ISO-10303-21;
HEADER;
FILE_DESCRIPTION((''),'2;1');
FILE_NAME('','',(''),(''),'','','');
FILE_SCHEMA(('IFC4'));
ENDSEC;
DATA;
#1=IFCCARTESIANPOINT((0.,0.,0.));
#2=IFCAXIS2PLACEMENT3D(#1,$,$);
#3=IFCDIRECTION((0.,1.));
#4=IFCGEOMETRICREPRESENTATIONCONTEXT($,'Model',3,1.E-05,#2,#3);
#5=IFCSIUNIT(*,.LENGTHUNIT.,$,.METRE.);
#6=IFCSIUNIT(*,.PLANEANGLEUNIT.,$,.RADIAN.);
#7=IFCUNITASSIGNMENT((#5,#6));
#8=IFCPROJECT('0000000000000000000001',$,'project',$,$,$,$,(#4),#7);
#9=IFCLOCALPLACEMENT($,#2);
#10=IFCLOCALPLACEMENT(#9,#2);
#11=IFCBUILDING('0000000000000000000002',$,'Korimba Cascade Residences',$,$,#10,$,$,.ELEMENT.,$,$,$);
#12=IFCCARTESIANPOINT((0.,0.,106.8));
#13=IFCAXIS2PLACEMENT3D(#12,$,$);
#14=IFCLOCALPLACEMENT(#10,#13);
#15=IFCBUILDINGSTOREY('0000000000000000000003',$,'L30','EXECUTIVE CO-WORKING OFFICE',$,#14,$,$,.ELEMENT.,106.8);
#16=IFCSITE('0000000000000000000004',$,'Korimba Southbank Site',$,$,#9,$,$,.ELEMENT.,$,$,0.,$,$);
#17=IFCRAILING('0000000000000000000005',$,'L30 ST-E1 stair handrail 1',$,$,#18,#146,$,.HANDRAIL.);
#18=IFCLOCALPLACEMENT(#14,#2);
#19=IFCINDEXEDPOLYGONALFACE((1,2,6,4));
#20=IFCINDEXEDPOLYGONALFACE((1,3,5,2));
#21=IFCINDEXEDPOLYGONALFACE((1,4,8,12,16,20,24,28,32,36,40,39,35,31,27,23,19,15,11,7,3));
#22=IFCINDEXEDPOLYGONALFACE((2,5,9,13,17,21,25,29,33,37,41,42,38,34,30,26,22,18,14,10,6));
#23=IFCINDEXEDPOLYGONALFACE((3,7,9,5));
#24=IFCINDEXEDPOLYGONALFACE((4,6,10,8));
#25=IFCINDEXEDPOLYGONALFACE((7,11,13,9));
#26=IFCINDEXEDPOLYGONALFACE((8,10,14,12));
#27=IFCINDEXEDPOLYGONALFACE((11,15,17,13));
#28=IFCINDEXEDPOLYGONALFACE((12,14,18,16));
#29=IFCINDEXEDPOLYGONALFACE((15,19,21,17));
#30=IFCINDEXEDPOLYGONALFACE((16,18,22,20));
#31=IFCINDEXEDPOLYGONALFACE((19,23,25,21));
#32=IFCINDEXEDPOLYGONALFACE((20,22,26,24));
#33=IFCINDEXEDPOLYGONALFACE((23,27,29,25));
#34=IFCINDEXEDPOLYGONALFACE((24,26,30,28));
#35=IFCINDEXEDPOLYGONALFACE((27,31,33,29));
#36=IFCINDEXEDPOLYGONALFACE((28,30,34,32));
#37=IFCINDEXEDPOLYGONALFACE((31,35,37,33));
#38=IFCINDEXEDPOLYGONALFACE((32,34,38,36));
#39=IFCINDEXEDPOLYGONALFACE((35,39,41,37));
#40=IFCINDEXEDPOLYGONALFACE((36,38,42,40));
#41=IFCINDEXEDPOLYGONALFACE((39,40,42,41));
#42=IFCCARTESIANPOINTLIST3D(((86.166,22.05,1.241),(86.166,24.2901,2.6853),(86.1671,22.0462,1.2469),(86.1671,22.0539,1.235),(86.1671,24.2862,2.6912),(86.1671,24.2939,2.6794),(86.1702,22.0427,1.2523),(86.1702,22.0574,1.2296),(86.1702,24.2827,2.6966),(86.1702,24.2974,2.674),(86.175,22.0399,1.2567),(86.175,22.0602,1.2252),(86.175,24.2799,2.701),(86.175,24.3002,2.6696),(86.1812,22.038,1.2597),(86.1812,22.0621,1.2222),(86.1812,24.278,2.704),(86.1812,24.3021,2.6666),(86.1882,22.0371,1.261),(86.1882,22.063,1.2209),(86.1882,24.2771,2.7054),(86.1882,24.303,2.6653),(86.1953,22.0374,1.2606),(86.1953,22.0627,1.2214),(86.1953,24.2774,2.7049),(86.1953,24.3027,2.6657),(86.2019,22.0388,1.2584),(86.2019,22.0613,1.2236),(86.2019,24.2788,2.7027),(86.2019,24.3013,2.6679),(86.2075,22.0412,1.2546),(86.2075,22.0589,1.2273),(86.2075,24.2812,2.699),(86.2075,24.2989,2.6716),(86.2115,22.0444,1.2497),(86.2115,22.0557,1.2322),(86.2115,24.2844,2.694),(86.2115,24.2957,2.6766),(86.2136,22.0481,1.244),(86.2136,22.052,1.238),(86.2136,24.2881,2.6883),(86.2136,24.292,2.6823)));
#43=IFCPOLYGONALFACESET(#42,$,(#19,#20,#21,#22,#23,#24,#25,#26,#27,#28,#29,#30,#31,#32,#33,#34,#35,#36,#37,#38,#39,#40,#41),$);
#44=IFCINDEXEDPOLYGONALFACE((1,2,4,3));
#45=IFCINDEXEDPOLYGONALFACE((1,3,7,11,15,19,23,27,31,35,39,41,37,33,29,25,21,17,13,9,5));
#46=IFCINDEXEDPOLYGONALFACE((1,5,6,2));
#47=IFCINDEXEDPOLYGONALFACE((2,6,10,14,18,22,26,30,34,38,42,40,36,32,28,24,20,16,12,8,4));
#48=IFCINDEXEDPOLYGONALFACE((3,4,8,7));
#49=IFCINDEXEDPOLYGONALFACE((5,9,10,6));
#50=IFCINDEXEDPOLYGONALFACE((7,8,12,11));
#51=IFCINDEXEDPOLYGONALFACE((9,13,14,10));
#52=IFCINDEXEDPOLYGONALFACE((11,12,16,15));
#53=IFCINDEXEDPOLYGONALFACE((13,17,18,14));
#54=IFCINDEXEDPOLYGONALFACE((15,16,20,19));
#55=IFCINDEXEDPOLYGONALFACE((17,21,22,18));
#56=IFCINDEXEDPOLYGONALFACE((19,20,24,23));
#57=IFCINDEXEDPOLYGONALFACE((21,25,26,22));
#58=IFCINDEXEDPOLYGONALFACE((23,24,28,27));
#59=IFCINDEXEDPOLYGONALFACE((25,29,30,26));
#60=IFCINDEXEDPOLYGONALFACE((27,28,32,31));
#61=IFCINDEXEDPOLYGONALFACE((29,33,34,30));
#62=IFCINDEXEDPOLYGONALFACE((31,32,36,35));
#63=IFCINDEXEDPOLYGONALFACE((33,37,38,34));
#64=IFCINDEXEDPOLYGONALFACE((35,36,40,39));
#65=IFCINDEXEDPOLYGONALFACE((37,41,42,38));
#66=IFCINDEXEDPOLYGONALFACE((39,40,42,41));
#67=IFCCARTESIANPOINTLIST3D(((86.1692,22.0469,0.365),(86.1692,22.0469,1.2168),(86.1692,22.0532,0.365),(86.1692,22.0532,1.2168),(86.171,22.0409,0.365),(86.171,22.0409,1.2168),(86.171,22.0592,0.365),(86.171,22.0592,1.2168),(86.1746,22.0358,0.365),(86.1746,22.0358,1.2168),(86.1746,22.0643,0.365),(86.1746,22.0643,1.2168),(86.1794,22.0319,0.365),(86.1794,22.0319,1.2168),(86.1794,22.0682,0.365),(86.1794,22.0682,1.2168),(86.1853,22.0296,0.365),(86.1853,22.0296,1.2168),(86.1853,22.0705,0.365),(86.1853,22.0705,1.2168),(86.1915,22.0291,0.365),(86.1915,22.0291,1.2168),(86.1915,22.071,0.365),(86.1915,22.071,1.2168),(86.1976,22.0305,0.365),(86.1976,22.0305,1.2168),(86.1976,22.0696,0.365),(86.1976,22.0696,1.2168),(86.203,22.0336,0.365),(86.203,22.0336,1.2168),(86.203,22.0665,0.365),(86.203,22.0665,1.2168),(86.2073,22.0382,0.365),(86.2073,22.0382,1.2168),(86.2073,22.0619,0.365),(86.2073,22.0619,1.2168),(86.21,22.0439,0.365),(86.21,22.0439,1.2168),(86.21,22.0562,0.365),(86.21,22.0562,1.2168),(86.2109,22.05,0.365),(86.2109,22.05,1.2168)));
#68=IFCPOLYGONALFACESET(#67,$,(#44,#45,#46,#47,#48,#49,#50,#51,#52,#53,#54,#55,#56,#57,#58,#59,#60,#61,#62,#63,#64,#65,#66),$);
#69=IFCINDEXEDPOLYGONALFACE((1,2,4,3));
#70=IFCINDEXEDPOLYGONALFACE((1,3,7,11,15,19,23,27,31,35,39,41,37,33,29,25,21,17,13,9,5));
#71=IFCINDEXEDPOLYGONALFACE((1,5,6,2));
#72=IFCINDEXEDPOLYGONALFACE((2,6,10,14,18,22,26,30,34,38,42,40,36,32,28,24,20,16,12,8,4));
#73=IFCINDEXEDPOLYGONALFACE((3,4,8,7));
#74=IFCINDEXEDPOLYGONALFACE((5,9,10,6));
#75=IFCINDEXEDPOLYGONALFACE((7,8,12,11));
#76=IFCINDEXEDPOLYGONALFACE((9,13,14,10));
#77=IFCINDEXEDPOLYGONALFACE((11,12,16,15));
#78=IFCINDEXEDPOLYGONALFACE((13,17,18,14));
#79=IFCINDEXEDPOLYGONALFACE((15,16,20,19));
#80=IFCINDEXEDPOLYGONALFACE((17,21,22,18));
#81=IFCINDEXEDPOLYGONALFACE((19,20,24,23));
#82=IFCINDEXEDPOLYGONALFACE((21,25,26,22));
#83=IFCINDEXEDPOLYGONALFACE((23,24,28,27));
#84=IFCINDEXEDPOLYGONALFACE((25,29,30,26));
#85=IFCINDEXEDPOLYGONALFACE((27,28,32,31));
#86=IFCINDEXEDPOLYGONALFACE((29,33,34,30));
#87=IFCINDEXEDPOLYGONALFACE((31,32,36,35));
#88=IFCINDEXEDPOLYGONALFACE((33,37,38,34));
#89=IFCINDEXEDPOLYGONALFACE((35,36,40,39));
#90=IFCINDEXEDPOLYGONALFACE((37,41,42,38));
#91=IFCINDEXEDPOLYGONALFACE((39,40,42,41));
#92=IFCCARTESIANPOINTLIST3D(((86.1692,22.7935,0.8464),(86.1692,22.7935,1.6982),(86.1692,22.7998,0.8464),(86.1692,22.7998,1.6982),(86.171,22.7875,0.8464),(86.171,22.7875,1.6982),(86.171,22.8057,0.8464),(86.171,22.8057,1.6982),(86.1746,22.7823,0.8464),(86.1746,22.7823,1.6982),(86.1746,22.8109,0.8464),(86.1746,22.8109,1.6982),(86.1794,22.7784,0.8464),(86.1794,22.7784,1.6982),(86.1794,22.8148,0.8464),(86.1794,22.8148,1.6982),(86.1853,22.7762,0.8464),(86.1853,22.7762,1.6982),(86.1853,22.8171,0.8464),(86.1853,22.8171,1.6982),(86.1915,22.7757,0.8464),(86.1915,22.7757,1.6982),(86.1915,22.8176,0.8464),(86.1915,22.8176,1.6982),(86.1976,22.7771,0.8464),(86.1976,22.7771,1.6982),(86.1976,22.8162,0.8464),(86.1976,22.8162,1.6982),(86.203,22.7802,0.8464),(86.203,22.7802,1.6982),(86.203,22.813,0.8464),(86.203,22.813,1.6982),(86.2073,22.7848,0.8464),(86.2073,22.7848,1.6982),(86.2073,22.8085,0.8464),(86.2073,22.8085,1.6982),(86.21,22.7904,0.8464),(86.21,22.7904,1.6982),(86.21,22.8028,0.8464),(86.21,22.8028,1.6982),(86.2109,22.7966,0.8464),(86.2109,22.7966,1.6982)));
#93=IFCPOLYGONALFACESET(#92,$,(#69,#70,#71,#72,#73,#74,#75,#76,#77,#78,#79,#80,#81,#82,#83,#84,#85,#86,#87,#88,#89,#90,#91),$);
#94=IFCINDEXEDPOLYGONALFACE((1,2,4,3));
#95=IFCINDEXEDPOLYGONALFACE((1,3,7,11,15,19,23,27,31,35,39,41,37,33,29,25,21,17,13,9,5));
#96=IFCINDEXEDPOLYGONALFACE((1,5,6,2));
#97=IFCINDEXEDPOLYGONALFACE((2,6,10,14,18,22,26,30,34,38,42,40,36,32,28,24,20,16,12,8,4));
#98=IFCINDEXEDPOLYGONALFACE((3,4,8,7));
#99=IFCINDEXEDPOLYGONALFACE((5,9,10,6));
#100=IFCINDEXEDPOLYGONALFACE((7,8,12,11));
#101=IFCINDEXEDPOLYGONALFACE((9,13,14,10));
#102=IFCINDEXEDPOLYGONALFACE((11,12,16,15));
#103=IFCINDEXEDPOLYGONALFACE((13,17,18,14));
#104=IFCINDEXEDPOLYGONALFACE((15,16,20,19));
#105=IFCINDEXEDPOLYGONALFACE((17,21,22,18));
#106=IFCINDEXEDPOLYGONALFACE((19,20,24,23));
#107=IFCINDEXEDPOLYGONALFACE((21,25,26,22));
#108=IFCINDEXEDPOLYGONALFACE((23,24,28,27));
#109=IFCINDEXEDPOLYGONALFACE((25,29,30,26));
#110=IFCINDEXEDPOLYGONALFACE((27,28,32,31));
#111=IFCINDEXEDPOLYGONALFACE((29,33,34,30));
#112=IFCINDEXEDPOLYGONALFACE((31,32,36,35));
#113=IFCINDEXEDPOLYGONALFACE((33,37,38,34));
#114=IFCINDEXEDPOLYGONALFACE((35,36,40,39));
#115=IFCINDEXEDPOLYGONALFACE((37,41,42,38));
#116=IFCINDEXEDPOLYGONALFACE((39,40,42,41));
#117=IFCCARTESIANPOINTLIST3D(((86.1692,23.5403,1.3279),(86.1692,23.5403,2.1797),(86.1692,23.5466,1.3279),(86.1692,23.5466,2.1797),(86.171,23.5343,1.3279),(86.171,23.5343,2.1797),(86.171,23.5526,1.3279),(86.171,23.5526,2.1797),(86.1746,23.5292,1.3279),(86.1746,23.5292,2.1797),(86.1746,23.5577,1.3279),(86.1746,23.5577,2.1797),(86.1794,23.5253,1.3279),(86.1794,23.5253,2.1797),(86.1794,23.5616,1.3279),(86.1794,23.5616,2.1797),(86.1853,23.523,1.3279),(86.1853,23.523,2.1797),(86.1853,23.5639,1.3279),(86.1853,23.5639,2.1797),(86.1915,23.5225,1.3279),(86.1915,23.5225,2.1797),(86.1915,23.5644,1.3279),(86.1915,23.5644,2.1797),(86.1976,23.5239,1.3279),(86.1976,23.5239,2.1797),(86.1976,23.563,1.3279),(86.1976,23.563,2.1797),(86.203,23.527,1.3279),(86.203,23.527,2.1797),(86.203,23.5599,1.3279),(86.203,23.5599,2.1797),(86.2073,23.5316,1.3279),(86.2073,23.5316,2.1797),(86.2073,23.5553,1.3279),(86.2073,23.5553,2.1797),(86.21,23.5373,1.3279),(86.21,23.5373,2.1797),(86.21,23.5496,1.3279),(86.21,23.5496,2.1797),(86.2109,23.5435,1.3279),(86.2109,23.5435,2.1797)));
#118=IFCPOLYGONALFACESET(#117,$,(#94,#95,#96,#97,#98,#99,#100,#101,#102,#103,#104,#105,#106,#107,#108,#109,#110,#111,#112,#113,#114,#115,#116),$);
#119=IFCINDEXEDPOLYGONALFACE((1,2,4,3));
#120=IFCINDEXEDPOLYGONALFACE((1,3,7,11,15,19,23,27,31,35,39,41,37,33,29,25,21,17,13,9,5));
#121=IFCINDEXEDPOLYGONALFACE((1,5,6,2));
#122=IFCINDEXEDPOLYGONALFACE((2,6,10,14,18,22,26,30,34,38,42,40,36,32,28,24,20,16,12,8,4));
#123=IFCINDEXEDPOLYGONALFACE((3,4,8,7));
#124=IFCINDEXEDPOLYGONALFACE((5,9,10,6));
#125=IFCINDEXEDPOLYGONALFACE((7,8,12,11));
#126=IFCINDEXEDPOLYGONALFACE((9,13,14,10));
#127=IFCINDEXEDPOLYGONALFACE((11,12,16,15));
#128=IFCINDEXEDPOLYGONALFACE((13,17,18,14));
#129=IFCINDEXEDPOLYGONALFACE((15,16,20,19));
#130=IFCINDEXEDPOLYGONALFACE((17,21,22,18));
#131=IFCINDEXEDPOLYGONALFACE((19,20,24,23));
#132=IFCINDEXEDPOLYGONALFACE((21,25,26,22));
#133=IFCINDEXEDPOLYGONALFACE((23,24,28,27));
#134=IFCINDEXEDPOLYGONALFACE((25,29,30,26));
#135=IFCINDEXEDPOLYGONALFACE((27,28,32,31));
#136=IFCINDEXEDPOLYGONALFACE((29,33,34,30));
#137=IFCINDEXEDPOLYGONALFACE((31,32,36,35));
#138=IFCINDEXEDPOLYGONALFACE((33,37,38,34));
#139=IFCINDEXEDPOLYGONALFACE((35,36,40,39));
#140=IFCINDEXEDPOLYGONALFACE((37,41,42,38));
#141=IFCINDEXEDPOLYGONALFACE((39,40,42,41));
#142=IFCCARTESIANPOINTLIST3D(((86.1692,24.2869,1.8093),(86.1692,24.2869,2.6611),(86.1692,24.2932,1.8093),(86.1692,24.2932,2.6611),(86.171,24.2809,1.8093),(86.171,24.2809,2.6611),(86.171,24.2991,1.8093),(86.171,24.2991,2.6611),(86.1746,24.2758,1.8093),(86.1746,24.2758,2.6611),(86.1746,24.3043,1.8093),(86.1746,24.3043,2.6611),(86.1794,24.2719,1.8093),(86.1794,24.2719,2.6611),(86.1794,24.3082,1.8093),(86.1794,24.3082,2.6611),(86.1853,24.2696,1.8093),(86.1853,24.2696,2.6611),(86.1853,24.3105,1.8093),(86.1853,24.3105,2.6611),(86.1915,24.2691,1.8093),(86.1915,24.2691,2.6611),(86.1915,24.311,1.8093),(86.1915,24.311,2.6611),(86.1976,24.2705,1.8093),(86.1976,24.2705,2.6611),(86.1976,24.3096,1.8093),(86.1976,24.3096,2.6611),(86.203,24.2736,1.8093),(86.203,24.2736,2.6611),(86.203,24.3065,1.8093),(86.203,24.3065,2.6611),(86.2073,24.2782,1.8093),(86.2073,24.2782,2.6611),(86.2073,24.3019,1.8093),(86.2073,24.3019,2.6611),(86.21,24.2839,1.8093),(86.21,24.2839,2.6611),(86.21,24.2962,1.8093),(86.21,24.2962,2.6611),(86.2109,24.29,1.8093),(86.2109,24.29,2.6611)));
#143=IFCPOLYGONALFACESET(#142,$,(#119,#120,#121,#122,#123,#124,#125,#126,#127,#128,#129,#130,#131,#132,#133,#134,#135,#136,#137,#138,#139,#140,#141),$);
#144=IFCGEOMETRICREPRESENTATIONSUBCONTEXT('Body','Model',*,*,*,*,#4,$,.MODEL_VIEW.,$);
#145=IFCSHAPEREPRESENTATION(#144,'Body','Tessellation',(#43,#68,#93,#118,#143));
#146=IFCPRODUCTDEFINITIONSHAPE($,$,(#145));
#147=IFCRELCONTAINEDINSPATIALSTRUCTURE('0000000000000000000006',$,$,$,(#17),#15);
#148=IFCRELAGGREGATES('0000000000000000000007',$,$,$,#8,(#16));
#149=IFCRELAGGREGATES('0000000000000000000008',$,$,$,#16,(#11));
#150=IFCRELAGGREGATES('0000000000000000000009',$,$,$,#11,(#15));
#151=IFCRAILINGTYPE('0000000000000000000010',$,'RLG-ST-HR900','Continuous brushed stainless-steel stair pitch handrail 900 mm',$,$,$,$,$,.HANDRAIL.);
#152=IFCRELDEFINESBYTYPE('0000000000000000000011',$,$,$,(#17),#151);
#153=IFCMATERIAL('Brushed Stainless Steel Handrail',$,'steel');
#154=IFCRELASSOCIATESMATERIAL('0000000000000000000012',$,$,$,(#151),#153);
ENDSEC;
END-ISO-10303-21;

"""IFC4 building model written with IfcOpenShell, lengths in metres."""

from ifc_helpers import new_model, si_unit, direction, frame, origin, origin_2d, place, context, subcontext, project, spatial, circle, extrude, material, type_object, element, save


model = new_model("IFC4")

# Units and contexts
model_context = context("Model", 3, precision=1e-05, world=origin(), true_north=direction((0.0, 1.0)))
body_context = subcontext(model_context, "Body", "Model", "MODEL_VIEW")
ifc_project = project(units=[si_unit("LENGTHUNIT", "METRE"), si_unit("PLANEANGLEUNIT", "RADIAN")], contexts=[model_context])

# Site, building, storey
site_placement = place(None, origin())
site = spatial("IfcSite", under=ifc_project, at=site_placement, Name="Korimba Southbank Site", CompositionType="ELEMENT", RefElevation=0.0)
building_placement = place(site_placement, origin())
building = spatial("IfcBuilding", under=site, at=building_placement, Name="Korimba Cascade Residences", CompositionType="ELEMENT")
storey_placement = place(building_placement, frame((0.0, 0.0, 106.8)))
storey = spatial("IfcBuildingStorey", under=building, at=storey_placement, Name="L30", Description="EXECUTIVE CO-WORKING OFFICE", CompositionType="ELEMENT", Elevation=106.8)

# Railing
ifc_material_1 = material(Name="Brushed Stainless Steel Handrail", Category="steel")
railing_type = type_object("IfcRailingType", Name="RLG-ST-HR900", Description="Continuous brushed stainless-steel stair pitch handrail 900 mm", PredefinedType="HANDRAIL", material=ifc_material_1)
railing_placement = place(storey_placement, frame((86.1899, 22.05, 0.365)))
element("IfcRailing", 1, at=railing_placement, inside=storey, type_object=railing_type, Name="L30 ST-E1 stair handrail 1", PredefinedType="HANDRAIL", context=body_context, shape_type="SweptSolid", body=[
    extrude(circle(Radius=0.0239, at=origin_2d()), frame((0.0, 0.0, 0.876), z_axis=(0.0, 0.840437, 0.54191), x_axis=(-1.0, 0.0, 0.0)), (0.0, 0.0, 1.0), 2.6653),
    extrude(circle(Radius=0.021, at=origin_2d()), origin(), (0.0, 0.0, 1.0), 0.8518),
    extrude(circle(Radius=0.021, at=origin_2d()), frame((0.0, 0.7466, 0.4814)), (0.0, 0.0, 1.0), 0.8518),
    extrude(circle(Radius=0.021, at=origin_2d()), frame((0.0, 1.4934, 0.9629)), (0.0, 0.0, 1.0), 0.8518),
    extrude(circle(Radius=0.021, at=origin_2d()), frame((0.0, 2.24, 1.4443)), (0.0, 0.0, 1.0), 0.8518),
])

save(model, "model.ifc")
